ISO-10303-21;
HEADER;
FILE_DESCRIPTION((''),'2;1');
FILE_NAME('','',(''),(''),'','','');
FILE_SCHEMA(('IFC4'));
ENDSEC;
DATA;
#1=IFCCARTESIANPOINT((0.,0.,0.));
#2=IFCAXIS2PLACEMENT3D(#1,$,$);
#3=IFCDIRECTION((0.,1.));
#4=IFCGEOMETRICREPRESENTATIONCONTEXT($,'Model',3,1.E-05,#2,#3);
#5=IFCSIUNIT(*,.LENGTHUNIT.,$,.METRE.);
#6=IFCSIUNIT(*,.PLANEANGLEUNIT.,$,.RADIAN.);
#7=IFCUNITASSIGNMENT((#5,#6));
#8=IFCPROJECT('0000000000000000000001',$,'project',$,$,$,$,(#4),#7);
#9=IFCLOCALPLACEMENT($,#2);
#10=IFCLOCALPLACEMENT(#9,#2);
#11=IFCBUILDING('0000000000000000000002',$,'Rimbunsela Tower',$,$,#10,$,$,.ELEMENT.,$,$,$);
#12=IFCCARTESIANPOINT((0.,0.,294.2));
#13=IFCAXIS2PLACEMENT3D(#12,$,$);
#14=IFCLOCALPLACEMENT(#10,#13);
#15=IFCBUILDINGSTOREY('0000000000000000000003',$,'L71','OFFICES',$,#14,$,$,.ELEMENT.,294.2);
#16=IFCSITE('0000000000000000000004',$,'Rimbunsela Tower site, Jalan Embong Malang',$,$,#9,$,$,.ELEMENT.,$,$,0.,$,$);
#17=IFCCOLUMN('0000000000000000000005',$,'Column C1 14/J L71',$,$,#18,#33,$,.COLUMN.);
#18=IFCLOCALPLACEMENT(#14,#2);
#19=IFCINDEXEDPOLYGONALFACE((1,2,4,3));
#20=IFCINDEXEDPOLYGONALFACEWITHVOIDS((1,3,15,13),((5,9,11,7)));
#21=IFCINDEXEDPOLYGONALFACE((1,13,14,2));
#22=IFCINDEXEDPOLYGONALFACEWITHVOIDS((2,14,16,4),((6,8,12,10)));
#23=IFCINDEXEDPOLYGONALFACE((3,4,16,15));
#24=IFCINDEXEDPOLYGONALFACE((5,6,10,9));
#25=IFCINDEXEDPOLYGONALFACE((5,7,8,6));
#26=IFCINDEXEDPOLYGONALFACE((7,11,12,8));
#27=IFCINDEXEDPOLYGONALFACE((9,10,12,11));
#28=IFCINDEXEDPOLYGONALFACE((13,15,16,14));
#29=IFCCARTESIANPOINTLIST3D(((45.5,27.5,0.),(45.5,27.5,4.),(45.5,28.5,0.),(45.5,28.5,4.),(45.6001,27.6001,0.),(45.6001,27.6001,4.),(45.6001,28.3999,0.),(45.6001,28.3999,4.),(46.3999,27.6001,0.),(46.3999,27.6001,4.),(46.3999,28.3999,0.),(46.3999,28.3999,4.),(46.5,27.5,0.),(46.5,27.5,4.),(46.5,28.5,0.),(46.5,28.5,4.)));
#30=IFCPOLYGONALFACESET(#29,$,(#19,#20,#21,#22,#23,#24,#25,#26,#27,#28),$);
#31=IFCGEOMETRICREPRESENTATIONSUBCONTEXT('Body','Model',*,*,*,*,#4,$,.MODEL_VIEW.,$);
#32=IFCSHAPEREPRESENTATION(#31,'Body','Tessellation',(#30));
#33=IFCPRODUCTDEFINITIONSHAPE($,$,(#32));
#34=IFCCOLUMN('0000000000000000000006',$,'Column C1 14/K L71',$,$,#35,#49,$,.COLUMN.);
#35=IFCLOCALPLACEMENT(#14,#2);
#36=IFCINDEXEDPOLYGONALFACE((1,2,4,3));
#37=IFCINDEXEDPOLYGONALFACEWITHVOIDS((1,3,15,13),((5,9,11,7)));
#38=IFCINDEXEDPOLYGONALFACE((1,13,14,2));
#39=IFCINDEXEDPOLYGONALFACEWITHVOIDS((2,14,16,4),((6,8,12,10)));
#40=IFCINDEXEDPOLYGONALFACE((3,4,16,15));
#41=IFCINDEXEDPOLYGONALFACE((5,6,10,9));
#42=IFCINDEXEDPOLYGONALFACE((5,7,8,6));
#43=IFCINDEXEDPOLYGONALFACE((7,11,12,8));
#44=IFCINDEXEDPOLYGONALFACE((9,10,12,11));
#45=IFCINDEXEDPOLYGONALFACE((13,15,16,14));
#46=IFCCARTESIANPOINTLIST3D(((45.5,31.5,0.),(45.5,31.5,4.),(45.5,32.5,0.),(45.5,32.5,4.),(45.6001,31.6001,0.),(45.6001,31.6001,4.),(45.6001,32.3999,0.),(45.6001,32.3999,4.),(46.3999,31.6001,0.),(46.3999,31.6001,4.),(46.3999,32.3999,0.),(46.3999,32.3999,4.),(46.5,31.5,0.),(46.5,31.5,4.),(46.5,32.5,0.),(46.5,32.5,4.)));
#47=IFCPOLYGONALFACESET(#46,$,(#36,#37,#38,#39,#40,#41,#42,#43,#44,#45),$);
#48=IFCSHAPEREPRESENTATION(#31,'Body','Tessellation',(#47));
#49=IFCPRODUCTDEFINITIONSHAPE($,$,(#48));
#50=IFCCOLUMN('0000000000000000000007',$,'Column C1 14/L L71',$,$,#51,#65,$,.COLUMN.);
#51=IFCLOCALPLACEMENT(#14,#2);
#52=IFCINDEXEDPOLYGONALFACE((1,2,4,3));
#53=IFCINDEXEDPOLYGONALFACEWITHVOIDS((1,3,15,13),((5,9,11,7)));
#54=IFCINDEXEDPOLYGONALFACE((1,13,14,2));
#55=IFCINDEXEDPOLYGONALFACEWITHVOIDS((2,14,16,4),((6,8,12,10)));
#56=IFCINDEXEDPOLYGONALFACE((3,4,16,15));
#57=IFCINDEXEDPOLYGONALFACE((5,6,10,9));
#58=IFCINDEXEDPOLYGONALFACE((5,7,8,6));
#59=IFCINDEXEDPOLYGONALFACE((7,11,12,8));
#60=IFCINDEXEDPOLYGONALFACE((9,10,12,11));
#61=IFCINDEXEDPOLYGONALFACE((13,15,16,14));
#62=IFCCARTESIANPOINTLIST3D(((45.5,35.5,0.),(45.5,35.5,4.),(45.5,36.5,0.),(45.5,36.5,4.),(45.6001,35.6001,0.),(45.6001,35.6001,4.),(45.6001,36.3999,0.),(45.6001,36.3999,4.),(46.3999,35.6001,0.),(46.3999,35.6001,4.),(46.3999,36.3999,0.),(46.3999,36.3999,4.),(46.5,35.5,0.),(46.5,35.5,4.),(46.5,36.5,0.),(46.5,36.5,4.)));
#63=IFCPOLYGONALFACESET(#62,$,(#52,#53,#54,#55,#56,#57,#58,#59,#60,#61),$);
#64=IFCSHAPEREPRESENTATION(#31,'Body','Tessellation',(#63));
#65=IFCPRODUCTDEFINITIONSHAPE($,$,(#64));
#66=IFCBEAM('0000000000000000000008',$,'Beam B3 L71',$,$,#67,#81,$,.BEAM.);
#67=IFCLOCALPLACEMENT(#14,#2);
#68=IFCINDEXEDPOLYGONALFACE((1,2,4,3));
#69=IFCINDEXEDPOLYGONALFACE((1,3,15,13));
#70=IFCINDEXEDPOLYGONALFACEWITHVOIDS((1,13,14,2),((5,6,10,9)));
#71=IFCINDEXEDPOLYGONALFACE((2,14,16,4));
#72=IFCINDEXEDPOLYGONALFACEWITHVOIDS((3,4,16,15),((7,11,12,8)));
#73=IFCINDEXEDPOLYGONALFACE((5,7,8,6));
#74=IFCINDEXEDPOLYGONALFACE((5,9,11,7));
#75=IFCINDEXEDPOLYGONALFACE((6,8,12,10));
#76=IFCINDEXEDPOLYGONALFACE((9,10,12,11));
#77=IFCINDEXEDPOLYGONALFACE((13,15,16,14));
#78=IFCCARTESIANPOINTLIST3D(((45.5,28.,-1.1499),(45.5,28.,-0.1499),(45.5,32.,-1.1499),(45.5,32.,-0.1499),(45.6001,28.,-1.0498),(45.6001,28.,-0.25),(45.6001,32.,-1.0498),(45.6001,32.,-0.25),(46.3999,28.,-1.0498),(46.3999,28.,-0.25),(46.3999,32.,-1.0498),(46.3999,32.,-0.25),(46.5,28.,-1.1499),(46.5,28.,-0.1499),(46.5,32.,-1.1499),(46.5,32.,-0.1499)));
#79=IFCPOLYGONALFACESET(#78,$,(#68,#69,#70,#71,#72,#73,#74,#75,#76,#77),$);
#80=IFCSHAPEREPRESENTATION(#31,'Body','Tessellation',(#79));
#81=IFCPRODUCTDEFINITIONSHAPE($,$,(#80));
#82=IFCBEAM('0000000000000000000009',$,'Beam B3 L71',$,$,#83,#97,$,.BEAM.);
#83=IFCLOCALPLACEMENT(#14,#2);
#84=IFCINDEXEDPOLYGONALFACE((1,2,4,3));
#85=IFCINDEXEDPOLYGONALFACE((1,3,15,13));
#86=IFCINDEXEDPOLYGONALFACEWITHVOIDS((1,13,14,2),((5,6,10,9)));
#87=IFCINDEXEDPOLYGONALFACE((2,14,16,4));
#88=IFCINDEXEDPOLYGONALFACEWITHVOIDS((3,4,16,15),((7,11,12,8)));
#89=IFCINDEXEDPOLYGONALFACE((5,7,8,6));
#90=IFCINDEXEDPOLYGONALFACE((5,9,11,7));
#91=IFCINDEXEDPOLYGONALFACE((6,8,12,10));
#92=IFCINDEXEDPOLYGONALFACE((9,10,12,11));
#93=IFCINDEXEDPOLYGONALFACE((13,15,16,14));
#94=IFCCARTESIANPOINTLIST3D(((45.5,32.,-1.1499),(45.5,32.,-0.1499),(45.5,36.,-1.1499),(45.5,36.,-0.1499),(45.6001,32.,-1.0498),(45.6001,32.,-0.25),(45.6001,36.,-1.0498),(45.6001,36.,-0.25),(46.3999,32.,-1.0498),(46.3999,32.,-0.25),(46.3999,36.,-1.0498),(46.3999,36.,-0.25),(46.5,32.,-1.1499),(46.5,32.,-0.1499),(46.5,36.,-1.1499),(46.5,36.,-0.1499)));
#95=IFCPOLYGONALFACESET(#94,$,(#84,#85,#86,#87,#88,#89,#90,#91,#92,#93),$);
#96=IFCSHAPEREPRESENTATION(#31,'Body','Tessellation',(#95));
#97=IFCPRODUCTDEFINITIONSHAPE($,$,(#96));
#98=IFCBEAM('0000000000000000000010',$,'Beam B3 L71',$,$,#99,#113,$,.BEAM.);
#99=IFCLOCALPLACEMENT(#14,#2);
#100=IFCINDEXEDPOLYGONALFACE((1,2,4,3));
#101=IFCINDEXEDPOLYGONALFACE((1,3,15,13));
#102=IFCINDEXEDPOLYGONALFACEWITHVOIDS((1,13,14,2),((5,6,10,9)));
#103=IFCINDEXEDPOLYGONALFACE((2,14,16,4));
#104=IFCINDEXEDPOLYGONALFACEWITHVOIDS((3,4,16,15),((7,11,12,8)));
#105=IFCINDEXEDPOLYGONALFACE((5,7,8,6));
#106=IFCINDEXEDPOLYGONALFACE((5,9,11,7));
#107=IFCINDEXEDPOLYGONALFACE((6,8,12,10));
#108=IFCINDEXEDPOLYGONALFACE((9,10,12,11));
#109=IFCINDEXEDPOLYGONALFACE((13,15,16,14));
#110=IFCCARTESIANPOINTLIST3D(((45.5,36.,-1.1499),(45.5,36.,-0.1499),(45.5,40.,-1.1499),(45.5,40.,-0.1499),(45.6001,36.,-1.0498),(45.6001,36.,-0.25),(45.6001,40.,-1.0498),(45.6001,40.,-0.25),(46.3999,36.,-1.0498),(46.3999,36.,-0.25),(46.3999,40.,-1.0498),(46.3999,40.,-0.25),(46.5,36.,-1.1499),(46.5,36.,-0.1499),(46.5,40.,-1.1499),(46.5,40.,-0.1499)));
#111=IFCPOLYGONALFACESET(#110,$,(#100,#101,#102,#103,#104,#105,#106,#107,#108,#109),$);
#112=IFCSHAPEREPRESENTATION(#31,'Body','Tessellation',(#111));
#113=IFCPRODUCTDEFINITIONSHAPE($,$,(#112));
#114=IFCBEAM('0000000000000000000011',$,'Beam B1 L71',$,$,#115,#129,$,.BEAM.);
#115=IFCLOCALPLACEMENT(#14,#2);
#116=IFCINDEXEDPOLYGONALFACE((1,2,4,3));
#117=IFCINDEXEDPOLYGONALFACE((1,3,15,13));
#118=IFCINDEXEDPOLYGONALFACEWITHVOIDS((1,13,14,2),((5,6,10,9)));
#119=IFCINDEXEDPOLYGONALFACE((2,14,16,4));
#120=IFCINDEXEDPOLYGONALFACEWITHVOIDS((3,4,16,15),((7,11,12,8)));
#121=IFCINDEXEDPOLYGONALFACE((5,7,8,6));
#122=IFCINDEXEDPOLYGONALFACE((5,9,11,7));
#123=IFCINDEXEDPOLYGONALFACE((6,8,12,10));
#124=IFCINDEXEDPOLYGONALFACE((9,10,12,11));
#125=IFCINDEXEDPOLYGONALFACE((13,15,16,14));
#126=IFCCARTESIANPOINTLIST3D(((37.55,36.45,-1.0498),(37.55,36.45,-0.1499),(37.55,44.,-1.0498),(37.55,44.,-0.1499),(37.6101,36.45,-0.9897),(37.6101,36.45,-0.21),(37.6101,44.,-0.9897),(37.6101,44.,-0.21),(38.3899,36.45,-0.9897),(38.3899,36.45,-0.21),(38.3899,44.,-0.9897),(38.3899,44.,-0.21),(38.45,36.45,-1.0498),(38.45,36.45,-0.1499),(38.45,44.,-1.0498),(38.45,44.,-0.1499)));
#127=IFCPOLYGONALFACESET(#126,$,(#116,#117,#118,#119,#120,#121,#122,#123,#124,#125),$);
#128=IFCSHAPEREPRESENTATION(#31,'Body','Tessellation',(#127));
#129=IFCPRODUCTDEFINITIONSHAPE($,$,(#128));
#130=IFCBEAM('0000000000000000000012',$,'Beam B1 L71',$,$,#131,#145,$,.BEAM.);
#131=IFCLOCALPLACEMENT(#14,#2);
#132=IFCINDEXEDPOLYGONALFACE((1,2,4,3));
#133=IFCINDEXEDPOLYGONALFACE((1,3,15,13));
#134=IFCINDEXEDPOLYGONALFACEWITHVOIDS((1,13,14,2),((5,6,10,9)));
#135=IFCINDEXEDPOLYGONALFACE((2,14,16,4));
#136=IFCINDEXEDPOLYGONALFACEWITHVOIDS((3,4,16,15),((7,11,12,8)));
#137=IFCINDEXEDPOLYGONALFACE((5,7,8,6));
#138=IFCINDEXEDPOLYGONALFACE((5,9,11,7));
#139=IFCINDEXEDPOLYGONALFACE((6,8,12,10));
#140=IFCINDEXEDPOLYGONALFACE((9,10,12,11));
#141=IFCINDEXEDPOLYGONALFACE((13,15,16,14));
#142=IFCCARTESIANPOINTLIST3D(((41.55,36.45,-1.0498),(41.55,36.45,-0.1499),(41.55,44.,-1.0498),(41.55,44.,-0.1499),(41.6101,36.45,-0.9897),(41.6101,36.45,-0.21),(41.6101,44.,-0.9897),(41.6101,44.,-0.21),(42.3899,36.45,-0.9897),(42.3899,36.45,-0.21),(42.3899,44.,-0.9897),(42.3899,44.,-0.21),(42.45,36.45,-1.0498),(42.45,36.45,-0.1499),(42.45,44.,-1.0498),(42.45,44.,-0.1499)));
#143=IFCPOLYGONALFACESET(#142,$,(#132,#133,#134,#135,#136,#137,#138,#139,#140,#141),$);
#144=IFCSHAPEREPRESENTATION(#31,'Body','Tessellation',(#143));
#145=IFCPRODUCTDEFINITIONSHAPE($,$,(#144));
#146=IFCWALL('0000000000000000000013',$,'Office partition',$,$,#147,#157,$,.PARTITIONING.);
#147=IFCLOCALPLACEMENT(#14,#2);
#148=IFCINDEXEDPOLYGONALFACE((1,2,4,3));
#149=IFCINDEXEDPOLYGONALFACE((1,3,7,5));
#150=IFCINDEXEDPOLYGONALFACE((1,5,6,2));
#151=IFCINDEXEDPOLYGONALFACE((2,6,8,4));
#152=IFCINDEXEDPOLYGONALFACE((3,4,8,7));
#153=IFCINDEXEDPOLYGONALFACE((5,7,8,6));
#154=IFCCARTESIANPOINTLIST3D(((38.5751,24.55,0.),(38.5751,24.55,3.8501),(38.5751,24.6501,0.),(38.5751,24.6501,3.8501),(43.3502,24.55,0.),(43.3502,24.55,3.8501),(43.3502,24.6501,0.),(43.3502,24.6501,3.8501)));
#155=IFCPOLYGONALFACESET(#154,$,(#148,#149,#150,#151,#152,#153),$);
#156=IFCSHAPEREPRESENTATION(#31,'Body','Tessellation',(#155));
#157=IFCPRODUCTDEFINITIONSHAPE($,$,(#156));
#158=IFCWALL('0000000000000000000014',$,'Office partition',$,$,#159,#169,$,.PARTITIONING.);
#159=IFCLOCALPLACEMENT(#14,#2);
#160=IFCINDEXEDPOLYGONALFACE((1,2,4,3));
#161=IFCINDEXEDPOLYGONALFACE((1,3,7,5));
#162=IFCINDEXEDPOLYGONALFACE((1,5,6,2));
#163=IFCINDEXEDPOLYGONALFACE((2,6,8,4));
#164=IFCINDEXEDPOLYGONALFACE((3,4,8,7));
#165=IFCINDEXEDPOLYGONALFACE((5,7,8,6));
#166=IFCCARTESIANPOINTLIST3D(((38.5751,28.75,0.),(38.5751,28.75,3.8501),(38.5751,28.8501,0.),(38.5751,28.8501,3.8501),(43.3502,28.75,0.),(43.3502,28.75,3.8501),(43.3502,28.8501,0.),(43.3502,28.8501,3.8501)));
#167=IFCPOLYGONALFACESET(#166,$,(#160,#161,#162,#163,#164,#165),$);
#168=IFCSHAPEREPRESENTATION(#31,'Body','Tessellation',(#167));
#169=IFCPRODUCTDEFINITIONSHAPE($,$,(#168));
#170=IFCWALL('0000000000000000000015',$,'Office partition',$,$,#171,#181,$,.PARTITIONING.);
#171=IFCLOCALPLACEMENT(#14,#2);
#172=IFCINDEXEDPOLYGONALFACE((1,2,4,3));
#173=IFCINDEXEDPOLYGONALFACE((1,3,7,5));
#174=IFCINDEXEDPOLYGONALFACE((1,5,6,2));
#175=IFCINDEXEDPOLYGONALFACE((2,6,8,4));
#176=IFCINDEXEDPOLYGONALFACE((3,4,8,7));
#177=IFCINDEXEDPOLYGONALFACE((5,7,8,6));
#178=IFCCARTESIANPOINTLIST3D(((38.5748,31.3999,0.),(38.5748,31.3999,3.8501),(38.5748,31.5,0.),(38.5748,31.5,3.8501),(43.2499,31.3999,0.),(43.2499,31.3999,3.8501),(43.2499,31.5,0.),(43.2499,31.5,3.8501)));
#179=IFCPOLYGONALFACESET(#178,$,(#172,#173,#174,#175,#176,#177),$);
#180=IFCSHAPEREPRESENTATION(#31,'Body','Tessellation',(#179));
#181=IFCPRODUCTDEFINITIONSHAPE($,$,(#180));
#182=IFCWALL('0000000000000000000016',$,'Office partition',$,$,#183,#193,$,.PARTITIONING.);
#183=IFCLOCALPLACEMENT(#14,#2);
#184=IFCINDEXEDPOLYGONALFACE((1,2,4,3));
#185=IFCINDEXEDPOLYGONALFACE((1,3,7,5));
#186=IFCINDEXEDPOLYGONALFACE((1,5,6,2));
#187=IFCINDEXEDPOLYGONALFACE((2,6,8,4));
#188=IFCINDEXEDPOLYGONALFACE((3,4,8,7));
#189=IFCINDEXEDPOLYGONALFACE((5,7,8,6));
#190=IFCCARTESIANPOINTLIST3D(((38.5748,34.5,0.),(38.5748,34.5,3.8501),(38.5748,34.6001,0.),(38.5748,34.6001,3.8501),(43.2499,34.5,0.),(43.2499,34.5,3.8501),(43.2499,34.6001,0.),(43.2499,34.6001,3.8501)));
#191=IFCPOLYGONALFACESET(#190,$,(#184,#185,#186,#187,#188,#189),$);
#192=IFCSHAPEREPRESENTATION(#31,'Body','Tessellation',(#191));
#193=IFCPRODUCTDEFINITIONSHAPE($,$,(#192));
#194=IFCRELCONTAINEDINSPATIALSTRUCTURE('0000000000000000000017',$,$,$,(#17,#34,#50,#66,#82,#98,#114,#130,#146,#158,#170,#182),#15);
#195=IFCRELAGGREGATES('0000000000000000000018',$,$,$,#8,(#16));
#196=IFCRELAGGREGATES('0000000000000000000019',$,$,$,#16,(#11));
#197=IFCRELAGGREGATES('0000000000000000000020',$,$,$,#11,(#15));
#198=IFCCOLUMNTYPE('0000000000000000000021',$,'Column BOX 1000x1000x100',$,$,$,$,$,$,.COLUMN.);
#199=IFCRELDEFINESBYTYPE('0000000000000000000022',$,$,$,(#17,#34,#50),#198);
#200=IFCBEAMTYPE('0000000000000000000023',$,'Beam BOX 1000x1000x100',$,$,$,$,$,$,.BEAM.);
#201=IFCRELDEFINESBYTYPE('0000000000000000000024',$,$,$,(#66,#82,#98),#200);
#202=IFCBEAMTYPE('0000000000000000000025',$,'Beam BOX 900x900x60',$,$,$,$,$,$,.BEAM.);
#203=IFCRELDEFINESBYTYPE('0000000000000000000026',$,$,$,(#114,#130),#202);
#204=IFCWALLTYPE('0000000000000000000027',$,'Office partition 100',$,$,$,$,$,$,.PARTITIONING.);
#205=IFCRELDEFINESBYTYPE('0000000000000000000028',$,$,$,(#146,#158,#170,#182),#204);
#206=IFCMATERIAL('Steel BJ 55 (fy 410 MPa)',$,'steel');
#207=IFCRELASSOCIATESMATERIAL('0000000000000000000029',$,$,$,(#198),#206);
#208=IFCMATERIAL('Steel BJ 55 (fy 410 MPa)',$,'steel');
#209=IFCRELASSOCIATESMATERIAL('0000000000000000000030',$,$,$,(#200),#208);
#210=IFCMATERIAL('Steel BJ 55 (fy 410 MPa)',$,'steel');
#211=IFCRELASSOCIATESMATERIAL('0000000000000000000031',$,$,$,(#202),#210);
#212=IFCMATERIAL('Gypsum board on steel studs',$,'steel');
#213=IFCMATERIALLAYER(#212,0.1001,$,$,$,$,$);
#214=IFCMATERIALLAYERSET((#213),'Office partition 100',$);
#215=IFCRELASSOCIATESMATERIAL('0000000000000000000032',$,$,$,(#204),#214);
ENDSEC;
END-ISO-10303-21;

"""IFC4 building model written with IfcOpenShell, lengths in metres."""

from ifc_helpers import new_model, si_unit, direction, frame, frame_2d, origin, origin_2d, place, context, subcontext, project, spatial, rectangle, hollow_rectangle, extrude, material, layer, layer_set, material_profile, profile_set, type_object, element, save


model = new_model("IFC4")

# Units and contexts
model_context = context("Model", 3, precision=1e-05, world=origin(), true_north=direction((0.0, 1.0)))
body_context = subcontext(model_context, "Body", "Model", "MODEL_VIEW")
ifc_project = project(units=[si_unit("LENGTHUNIT", "METRE"), si_unit("PLANEANGLEUNIT", "RADIAN")], contexts=[model_context])

# Site, building, storey
site_placement = place(None, origin())
site = spatial("IfcSite", under=ifc_project, at=site_placement, Name="Rimbunsela Tower site, Jalan Embong Malang", CompositionType="ELEMENT", RefElevation=0.0)
building_placement = place(site_placement, origin())
building = spatial("IfcBuilding", under=site, at=building_placement, Name="Rimbunsela Tower", CompositionType="ELEMENT")
storey_placement = place(building_placement, frame((0.0, 0.0, 294.2)))
storey = spatial("IfcBuildingStorey", under=building, at=storey_placement, Name="L71", Description="OFFICES", CompositionType="ELEMENT", Elevation=294.2)

# Columns
ifc_material_1 = material(Name="Steel BJ 55 (fy 410 MPa)", Category="steel")
ifc_material_profile_1 = material_profile(ifc_material_1, hollow_rectangle(XDim=1.0, YDim=1.0, WallThickness=0.1001, at=origin_2d()), Name="BOX 1000x1000x100")
ifc_profile_set_1 = profile_set([ifc_material_profile_1], Name="Steel BJ 55 (fy 410 MPa)")
column_type = type_object("IfcColumnType", Name="Column BOX 1000x1000x100", PredefinedType="COLUMN", material=ifc_profile_set_1)
for number, where, z_axis, x_axis, name in (
    (1, (46.0, 28.0, 0.0), (0.0, 0.0, 1.0), (1.0, 0.0, 0.0), "Column C1 14/J L71"),
    (2, (46.0, 32.0, 0.0), (0.0, 0.0, 1.0), (1.0, 0.0, 0.0), "Column C1 14/K L71"),
    (3, (46.0, 36.0, 0.0), (0.0, 0.0, 1.0), (1.0, 0.0, 0.0), "Column C1 14/L L71"),
):
    element("IfcColumn", number, at=place(storey_placement, frame(where, z_axis=z_axis, x_axis=x_axis)), inside=storey, type_object=column_type, Name=name, PredefinedType="COLUMN", context=body_context, shape_type="SweptSolid", body=[
        extrude(hollow_rectangle(XDim=1.0, YDim=1.0, WallThickness=0.1001, at=origin_2d()), origin(), (0.0, 0.0, 1.0), 4.0),
    ])

# Beams
ifc_material_2 = material(Name="Steel BJ 55 (fy 410 MPa)", Category="steel")
ifc_material_profile_2 = material_profile(ifc_material_2, hollow_rectangle(XDim=1.0, YDim=1.0, WallThickness=0.1001, at=origin_2d()), Name="BOX 1000x1000x100")
ifc_profile_set_2 = profile_set([ifc_material_profile_2], Name="Steel BJ 55 (fy 410 MPa)")
beam_type_1 = type_object("IfcBeamType", Name="Beam BOX 1000x1000x100", PredefinedType="BEAM", material=ifc_profile_set_2)
for number, where, z_axis, x_axis, name in (
    (4, (46.0, 28.0, -0.6499), (0.0, 1.0, 0.0), (-1.0, 0.0, 0.0), "Beam B3 L71"),
    (5, (46.0, 32.0, -0.6499), (0.0, 1.0, 0.0), (-1.0, 0.0, 0.0), "Beam B3 L71"),
    (6, (46.0, 36.0, -0.6499), (0.0, 1.0, 0.0), (-1.0, 0.0, 0.0), "Beam B3 L71"),
):
    element("IfcBeam", number, at=place(storey_placement, frame(where, z_axis=z_axis, x_axis=x_axis)), inside=storey, type_object=beam_type_1, Name=name, PredefinedType="BEAM", context=body_context, shape_type="SweptSolid", body=[
        extrude(hollow_rectangle(XDim=1.0, YDim=1.0, WallThickness=0.1001, at=origin_2d()), origin(), (0.0, 0.0, 1.0), 4.0),
    ])
ifc_material_3 = material(Name="Steel BJ 55 (fy 410 MPa)", Category="steel")
ifc_material_profile_3 = material_profile(ifc_material_3, hollow_rectangle(XDim=0.8999, YDim=0.8999, WallThickness=0.0601, at=origin_2d()), Name="BOX 900x900x60")
ifc_profile_set_3 = profile_set([ifc_material_profile_3], Name="Steel BJ 55 (fy 410 MPa)")
beam_type_2 = type_object("IfcBeamType", Name="Beam BOX 900x900x60", PredefinedType="BEAM", material=ifc_profile_set_3)
for number, where, z_axis, x_axis, name in (
    (7, (38.0, 36.45, -0.5999), (0.0, 1.0, 0.0), (-1.0, 0.0, 0.0), "Beam B1 L71"),
    (8, (42.0, 36.45, -0.5999), (0.0, 1.0, 0.0), (-1.0, 0.0, 0.0), "Beam B1 L71"),
):
    element("IfcBeam", number, at=place(storey_placement, frame(where, z_axis=z_axis, x_axis=x_axis)), inside=storey, type_object=beam_type_2, Name=name, PredefinedType="BEAM", context=body_context, shape_type="SweptSolid", body=[
        extrude(hollow_rectangle(XDim=0.8999, YDim=0.8999, WallThickness=0.0601, at=origin_2d()), origin(), (0.0, 0.0, 1.0), 7.55),
    ])

# Walls
ifc_material_4 = material(Name="Gypsum board on steel studs", Category="steel")
ifc_layer_1 = layer(ifc_material_4, 0.1001)
ifc_layer_set_1 = layer_set([ifc_layer_1], Name="Office partition 100")
wall_type_1 = type_object("IfcWallType", Name="Office partition 100", PredefinedType="PARTITIONING", material=ifc_layer_set_1)
for number, where, z_axis, x_axis, name in (
    (9, (38.575, 24.6001, 0.0), (0.0, 0.0, 1.0), (1.0, 0.0, 0.0), "Office partition"),
    (10, (38.575, 28.8, 0.0), (0.0, 0.0, 1.0), (1.0, 0.0, 0.0), "Office partition"),
):
    element("IfcWall", number, at=place(storey_placement, frame(where, z_axis=z_axis, x_axis=x_axis)), inside=storey, type_object=wall_type_1, Name=name, PredefinedType="PARTITIONING", context=body_context, shape_type="SweptSolid", body=[
        extrude(rectangle(XDim=4.7751, YDim=0.1001, at=frame_2d((2.3877, 0.0))), origin(), (0.0, 0.0, 1.0), 3.8501),
    ])
for number, where, z_axis, x_axis, name in (
    (11, (38.575, 31.45, 0.0), (0.0, 0.0, 1.0), (1.0, 0.0, 0.0), "Office partition"),
    (12, (38.575, 34.55, 0.0), (0.0, 0.0, 1.0), (1.0, 0.0, 0.0), "Office partition"),
):
    element("IfcWall", number, at=place(storey_placement, frame(where, z_axis=z_axis, x_axis=x_axis)), inside=storey, type_object=wall_type_1, Name=name, PredefinedType="PARTITIONING", context=body_context, shape_type="SweptSolid", body=[
        extrude(rectangle(XDim=4.675, YDim=0.1001, at=frame_2d((2.3374, 0.0))), origin(), (0.0, 0.0, 1.0), 3.8501),
    ])

save(model, "model.ifc")
